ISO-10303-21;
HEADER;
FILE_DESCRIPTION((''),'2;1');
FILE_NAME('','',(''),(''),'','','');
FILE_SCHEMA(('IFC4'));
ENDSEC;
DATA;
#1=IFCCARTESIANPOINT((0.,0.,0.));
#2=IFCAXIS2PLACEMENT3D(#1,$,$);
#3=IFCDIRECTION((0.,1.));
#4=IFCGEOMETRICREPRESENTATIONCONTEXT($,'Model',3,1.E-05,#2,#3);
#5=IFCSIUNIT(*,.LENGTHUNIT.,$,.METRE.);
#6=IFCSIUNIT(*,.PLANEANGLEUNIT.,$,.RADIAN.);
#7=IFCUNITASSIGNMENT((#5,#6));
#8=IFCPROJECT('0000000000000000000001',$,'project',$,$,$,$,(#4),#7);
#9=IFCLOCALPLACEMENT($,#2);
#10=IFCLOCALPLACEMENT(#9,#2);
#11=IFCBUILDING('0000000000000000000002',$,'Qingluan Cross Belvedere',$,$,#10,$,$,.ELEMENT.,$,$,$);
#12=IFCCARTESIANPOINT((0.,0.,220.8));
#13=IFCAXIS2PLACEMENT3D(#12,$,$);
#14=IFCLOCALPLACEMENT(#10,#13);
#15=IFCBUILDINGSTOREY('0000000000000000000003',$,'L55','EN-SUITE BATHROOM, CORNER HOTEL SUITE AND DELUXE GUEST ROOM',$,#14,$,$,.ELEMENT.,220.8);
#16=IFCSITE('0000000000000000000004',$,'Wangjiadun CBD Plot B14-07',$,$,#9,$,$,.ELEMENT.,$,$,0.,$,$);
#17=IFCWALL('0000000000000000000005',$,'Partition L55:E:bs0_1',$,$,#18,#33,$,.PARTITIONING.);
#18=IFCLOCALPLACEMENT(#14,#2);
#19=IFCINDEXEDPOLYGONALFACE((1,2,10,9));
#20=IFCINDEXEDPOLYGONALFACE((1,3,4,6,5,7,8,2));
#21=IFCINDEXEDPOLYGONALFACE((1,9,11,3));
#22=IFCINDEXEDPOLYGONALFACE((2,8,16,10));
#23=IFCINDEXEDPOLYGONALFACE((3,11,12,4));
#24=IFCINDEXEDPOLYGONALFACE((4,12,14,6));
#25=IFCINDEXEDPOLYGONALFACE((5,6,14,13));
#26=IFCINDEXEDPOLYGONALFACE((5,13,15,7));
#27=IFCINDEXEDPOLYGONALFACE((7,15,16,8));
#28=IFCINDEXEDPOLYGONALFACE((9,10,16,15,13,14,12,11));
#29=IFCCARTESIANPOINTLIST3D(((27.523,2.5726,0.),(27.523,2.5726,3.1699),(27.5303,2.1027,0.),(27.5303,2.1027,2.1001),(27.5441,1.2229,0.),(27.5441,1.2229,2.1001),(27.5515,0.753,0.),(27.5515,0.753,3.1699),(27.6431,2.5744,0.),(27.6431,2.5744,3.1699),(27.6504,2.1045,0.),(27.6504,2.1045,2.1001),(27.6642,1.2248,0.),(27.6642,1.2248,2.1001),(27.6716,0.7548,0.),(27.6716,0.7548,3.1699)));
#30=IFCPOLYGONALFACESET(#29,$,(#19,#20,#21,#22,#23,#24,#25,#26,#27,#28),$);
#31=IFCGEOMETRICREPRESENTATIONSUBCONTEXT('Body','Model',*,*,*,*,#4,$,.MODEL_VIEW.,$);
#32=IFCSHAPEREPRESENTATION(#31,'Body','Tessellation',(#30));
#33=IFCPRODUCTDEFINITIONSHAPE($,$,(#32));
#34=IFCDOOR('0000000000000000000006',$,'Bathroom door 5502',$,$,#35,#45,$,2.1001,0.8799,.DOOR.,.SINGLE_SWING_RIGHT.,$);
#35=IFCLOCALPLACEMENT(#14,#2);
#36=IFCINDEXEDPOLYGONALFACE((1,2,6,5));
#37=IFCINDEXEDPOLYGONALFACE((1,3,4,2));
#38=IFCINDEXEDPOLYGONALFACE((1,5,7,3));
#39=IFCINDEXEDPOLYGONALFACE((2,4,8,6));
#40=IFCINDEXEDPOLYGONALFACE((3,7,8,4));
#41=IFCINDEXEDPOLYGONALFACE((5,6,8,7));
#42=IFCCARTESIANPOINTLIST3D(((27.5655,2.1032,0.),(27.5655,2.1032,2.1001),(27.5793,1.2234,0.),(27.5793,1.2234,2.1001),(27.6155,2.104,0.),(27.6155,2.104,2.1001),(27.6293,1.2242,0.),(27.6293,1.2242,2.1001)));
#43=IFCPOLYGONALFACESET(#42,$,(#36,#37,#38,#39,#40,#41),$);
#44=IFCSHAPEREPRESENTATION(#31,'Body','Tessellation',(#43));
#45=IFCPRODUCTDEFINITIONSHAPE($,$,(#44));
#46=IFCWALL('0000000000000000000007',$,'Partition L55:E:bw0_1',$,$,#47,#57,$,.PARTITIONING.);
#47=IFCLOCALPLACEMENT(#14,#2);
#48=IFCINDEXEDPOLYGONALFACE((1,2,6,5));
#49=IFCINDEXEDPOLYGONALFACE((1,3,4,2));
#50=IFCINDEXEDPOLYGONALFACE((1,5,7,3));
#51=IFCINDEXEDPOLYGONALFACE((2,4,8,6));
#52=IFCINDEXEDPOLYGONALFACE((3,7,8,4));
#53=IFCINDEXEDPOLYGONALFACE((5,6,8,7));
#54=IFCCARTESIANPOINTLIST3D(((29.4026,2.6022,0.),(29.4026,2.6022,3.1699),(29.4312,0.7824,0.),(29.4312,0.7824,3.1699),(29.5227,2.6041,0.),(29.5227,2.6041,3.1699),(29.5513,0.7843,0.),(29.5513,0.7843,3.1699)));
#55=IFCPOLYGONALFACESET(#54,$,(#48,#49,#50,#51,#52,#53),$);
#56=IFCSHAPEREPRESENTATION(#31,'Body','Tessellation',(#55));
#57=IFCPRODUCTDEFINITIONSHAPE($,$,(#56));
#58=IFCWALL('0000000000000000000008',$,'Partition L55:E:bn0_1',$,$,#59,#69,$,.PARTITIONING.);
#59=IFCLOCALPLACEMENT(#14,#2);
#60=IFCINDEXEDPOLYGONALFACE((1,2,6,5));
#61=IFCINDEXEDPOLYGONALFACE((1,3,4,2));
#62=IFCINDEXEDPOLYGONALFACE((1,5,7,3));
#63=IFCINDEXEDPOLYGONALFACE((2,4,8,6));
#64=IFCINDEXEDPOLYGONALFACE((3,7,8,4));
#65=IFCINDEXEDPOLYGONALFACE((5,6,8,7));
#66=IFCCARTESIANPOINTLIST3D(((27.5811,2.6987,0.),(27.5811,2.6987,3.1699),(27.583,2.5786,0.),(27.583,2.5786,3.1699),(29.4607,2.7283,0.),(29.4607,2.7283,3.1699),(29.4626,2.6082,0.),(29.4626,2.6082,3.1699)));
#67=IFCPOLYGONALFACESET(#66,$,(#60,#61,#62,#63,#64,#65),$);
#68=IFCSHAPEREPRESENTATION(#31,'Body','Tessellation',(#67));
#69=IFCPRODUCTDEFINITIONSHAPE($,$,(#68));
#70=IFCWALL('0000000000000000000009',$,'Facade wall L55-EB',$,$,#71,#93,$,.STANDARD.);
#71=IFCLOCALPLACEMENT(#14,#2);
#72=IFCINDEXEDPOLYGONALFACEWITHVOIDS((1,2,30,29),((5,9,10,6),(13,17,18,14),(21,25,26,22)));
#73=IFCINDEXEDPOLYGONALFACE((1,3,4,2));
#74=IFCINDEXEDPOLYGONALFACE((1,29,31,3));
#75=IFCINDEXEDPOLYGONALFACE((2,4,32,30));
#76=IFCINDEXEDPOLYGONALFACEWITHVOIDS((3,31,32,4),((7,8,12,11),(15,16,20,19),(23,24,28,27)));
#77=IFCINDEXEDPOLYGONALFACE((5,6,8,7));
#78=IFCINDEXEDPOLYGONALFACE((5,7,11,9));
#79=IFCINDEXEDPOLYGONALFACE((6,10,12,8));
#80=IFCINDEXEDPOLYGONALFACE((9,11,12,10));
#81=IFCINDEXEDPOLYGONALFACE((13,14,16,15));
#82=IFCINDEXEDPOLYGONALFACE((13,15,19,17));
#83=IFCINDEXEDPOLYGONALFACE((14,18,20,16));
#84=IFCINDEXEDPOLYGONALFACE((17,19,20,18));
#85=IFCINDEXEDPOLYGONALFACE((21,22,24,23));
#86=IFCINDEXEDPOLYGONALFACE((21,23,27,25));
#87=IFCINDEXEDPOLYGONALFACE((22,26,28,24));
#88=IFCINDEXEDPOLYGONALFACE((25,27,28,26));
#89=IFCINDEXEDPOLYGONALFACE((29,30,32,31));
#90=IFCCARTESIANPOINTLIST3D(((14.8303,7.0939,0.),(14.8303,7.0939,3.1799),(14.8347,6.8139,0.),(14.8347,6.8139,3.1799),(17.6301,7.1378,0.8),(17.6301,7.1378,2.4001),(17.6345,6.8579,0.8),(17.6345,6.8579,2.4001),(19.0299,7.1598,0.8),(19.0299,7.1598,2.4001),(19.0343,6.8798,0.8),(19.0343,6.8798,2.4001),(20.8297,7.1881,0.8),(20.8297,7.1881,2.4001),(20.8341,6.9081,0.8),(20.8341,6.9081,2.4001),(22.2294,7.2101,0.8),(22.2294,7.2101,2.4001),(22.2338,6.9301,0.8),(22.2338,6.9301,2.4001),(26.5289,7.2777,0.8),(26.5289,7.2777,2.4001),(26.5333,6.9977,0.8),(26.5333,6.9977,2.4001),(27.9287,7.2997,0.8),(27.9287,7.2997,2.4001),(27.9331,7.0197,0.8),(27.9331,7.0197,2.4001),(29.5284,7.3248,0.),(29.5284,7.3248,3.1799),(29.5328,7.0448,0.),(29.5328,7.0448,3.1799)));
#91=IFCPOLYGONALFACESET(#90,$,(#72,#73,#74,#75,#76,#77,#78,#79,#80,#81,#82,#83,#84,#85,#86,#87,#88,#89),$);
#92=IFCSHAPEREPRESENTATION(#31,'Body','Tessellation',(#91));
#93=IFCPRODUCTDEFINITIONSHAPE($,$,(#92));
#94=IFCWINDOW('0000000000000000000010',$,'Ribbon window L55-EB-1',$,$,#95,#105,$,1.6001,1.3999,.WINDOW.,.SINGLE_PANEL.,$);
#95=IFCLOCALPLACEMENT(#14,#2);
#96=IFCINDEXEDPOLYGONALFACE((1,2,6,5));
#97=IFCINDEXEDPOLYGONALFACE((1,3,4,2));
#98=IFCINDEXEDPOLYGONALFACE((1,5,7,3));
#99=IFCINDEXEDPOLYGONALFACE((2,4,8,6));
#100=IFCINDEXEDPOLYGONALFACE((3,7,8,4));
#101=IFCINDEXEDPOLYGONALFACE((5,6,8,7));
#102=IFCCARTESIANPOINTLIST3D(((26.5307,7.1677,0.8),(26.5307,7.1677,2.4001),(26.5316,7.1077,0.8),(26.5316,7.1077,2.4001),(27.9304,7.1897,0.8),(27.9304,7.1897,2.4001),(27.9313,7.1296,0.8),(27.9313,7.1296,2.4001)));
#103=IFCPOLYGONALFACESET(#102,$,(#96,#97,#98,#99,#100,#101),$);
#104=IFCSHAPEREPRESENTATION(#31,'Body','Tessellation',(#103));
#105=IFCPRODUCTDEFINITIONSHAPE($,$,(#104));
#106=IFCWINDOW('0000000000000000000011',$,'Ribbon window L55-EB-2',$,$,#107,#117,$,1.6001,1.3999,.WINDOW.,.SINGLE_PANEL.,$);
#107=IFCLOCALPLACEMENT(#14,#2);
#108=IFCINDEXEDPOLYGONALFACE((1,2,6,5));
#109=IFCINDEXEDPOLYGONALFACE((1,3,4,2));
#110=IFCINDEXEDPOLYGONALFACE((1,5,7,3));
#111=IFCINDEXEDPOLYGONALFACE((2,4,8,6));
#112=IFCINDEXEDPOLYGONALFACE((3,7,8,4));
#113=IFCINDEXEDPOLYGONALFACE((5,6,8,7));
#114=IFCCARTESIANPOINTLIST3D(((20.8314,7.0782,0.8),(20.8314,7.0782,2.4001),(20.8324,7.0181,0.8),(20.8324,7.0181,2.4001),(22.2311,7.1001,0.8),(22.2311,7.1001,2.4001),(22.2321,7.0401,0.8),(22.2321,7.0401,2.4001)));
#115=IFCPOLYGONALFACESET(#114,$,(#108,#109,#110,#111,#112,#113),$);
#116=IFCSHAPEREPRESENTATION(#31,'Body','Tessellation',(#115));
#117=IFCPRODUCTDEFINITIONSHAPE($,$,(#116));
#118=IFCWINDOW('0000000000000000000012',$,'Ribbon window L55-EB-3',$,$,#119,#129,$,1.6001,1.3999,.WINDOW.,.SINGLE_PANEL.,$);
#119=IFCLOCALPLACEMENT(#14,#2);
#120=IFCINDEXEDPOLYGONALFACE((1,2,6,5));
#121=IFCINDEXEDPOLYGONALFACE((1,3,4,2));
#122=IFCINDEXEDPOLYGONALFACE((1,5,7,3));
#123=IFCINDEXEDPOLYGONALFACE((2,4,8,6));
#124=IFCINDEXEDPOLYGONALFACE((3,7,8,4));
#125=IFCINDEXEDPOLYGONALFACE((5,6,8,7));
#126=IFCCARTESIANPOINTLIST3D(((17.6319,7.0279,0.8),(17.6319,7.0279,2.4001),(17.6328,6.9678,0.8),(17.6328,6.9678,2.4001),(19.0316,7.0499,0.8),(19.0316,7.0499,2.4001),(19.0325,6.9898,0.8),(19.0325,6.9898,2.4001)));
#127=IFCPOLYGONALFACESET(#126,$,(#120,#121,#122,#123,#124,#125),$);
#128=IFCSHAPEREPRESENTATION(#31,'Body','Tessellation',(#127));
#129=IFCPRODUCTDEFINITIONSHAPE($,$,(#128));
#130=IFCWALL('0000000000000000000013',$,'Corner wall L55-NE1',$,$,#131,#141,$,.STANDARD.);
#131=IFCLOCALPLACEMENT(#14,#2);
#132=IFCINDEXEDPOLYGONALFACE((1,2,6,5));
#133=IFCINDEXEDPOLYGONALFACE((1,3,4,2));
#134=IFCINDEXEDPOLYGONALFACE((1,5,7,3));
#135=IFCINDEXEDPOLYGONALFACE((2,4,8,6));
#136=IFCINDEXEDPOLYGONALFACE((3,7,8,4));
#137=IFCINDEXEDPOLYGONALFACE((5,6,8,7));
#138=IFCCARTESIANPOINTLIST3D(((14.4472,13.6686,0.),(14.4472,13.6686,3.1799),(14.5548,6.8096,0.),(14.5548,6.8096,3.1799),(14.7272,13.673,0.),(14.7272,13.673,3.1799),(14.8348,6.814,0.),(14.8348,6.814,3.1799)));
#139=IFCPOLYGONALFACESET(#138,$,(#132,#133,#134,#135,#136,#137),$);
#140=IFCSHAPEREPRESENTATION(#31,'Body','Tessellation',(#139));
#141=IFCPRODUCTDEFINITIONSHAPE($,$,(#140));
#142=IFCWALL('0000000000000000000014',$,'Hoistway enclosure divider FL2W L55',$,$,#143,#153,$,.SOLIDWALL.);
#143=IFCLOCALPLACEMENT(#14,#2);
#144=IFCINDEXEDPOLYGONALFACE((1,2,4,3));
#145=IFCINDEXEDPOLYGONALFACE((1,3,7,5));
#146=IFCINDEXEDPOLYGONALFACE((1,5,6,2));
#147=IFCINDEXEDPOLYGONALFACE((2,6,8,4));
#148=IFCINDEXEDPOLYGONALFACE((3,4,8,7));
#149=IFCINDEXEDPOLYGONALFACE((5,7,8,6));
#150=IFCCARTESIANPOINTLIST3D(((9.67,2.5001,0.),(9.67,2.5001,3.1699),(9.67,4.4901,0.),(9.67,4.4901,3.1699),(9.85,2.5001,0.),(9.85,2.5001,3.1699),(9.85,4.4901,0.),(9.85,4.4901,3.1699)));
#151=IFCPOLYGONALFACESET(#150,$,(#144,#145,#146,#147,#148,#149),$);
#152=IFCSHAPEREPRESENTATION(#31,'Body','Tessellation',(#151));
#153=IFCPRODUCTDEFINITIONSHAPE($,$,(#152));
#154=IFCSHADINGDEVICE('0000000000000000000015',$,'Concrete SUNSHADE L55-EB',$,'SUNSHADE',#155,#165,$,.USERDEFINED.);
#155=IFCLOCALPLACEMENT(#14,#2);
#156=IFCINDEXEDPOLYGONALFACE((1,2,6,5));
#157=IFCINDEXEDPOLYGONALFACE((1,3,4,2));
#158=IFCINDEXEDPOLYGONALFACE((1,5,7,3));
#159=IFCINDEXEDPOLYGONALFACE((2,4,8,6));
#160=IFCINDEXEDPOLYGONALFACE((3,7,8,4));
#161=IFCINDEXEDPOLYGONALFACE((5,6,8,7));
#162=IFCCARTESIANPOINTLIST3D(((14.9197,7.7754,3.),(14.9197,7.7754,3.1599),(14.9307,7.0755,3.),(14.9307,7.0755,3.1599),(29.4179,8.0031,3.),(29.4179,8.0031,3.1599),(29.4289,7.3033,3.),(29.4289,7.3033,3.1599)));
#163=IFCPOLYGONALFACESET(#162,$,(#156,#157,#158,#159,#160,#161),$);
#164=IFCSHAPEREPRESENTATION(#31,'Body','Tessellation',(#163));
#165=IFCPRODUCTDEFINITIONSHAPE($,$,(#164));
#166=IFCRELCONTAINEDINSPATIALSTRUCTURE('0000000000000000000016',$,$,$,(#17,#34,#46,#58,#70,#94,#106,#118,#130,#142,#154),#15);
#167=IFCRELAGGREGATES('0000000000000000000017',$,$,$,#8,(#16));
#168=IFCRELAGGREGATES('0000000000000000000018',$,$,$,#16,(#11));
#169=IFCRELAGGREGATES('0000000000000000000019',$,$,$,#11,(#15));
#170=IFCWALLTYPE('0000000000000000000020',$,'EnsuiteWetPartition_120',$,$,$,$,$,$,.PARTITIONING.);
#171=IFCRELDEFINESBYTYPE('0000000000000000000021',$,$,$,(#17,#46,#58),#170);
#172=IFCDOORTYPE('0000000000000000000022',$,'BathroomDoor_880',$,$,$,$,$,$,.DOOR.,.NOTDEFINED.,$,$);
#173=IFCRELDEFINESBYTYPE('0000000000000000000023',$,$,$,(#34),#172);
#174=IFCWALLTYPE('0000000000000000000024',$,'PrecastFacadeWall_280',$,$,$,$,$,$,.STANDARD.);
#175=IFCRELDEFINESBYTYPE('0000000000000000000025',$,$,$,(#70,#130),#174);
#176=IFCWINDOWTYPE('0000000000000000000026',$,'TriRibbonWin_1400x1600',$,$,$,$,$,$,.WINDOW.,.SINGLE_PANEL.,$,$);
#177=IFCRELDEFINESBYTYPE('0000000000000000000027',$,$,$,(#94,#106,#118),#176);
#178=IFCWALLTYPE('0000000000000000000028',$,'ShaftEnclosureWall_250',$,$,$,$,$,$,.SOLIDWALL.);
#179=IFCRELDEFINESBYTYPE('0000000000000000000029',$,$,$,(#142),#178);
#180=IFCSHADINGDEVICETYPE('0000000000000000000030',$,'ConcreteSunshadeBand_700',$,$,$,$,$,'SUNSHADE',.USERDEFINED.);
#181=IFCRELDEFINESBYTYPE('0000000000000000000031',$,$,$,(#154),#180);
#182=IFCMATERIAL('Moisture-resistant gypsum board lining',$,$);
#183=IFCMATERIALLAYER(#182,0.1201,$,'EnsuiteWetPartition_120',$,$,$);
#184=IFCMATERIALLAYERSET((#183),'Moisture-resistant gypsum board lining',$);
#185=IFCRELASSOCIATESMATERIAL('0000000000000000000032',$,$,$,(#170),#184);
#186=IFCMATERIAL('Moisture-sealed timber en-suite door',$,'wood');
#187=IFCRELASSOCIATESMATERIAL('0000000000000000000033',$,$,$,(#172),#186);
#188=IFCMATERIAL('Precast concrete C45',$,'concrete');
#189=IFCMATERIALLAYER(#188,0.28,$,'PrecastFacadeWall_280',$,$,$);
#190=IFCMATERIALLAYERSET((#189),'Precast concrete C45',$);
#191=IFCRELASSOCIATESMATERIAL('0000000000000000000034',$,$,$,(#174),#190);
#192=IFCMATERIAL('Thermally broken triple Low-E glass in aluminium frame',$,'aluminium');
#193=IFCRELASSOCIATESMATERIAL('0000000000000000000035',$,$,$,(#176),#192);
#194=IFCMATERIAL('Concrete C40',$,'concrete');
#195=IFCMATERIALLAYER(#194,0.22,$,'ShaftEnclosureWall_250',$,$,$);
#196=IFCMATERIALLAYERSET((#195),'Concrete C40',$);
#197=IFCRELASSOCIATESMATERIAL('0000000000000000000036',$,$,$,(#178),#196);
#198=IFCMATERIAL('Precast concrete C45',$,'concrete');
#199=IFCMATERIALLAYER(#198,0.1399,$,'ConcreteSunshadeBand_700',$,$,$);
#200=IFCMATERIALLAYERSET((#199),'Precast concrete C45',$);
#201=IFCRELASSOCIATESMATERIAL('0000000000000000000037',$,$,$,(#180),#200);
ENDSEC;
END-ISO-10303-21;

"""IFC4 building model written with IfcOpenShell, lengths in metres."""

from ifc_helpers import new_model, si_unit, direction, frame, frame_2d, origin, origin_2d, place, context, subcontext, project, spatial, rectangle, extrude, material, layer, layer_set, type_object, element, fill, save


model = new_model("IFC4")

# Units and contexts
model_context = context("Model", 3, precision=1e-05, world=origin(), true_north=direction((0.0, 1.0)))
body_context = subcontext(model_context, "Body", "Model", "MODEL_VIEW")
ifc_project = project(units=[si_unit("LENGTHUNIT", "METRE"), si_unit("PLANEANGLEUNIT", "RADIAN")], contexts=[model_context])

# Site, building, storey
site_placement = place(None, origin())
site = spatial("IfcSite", under=ifc_project, at=site_placement, Name="Wangjiadun CBD Plot B14-07", CompositionType="ELEMENT", RefElevation=0.0)
building_placement = place(site_placement, origin())
building = spatial("IfcBuilding", under=site, at=building_placement, Name="Qingluan Cross Belvedere", CompositionType="ELEMENT")
storey_placement = place(building_placement, frame((0.0, 0.0, 220.8)))
storey = spatial("IfcBuildingStorey", under=building, at=storey_placement, Name="L55", Description="EN-SUITE BATHROOM, CORNER HOTEL SUITE AND DELUXE GUEST ROOM", CompositionType="ELEMENT", Elevation=220.8)

# Shared definitions
ifc_material_1 = material(Name="Moisture-resistant gypsum board lining")
ifc_layer_1 = layer(ifc_material_1, 0.1201, Name="EnsuiteWetPartition_120")
ifc_layer_set_1 = layer_set([ifc_layer_1], Name="Moisture-resistant gypsum board lining")
wall_type_1 = type_object("IfcWallType", Name="EnsuiteWetPartition_120", PredefinedType="PARTITIONING", material=ifc_layer_set_1)
ifc_material_2 = material(Name="Moisture-sealed timber en-suite door", Category="wood")
door_type_1 = type_object("IfcDoorType", Name="BathroomDoor_880", OperationType="NOTDEFINED", PredefinedType="DOOR", material=ifc_material_2)

# Wall, opening, door
wall_1_placement = place(storey_placement, frame((27.6116, 0.7539, 0.0), z_axis=(0.0, 0.0, 1.0), x_axis=(-0.015696, 0.999877, 0.0)))
wall_1 = element("IfcWall", 1, at=wall_1_placement, inside=storey, type_object=wall_type_1, Name="Partition L55:E:bs0_1", PredefinedType="PARTITIONING", context=body_context, shape_type="SweptSolid", body=[
    extrude(rectangle(XDim=1.8198, YDim=0.1201, at=frame_2d((0.9099, 0.0))), origin(), (0.0, 0.0, 1.0), 3.1699),
])
opening_1_placement = place(wall_1_placement, frame((0.47, 0.0, 0.0)))
opening_1 = element("IfcOpeningElement", 2, at=opening_1_placement, cuts=wall_1, PredefinedType="OPENING", context=body_context, shape_type="SweptSolid", body=[
    extrude(rectangle(XDim=0.8799, YDim=2.1001, at=frame_2d((0.4399, 1.05))), frame((0.0, 0.0701, 0.0), z_axis=(0.0, -1.0, 0.0), x_axis=(1.0, 0.0, 0.0)), (0.0, 0.0, 1.0), 0.1401),
])
door_1_placement = place(opening_1_placement, origin())
door_1 = element("IfcDoor", 3, at=door_1_placement, inside=storey, type_object=door_type_1, Name="Bathroom door 5502", OperationType="SINGLE_SWING_RIGHT", OverallHeight=2.1001, OverallWidth=0.8799, PredefinedType="DOOR", context=body_context, shape_type="SweptSolid", body=[
    extrude(rectangle(XDim=0.8799, YDim=2.1001, at=frame_2d((0.4399, 1.05))), frame((0.0, 0.0249, 0.0), z_axis=(0.0, -1.0, 0.0), x_axis=(1.0, 0.0, 0.0)), (0.0, 0.0, 1.0), 0.05),
])
fill(opening_1, door_1)

# Walls
wall_2_placement = place(storey_placement, frame((29.4912, 0.7832, 0.0), z_axis=(0.0, 0.0, 1.0), x_axis=(-0.015694, 0.999877, 0.0)))
element("IfcWall", 4, at=wall_2_placement, inside=storey, type_object=wall_type_1, Name="Partition L55:E:bw0_1", PredefinedType="PARTITIONING", context=body_context, shape_type="SweptSolid", body=[
    extrude(rectangle(XDim=1.8201, YDim=0.1201, at=frame_2d((0.9102, 0.0))), origin(), (0.0, 0.0, 1.0), 3.1699),
])
wall_3_placement = place(storey_placement, frame((27.582, 2.6387, 0.0), z_axis=(0.0, 0.0, 1.0), x_axis=(0.999877, 0.015714, 0.0)))
element("IfcWall", 5, at=wall_3_placement, inside=storey, type_object=wall_type_1, Name="Partition L55:E:bn0_1", PredefinedType="PARTITIONING", context=body_context, shape_type="SweptSolid", body=[
    extrude(rectangle(XDim=1.8799, YDim=0.1201, at=frame_2d((0.9399, 0.0))), origin(), (0.0, 0.0, 1.0), 3.1699),
])

# Wall, openings, windows
ifc_material_3 = material(Name="Precast concrete C45", Category="concrete")
ifc_layer_2 = layer(ifc_material_3, 0.28, Name="PrecastFacadeWall_280")
ifc_layer_set_2 = layer_set([ifc_layer_2], Name="Precast concrete C45")
wall_type_2 = type_object("IfcWallType", Name="PrecastFacadeWall_280", PredefinedType="STANDARD", material=ifc_layer_set_2)
wall_4_placement = place(storey_placement, frame((29.5308, 7.1848, 0.0), z_axis=(0.0, 0.0, 1.0), x_axis=(-0.999877, -0.015711, 0.0)))
wall_4 = element("IfcWall", 6, at=wall_4_placement, inside=storey, type_object=wall_type_2, Name="Facade wall L55-EB", PredefinedType="STANDARD", context=body_context, shape_type="SweptSolid", body=[
    extrude(rectangle(XDim=14.7, YDim=0.28, at=frame_2d((7.3501, 0.0))), origin(), (0.0, 0.0, 1.0), 3.1799),
])
opening_2_placement = place(wall_4_placement, frame((1.6001, 0.0, 0.8)))
opening_2 = element("IfcOpeningElement", 7, at=opening_2_placement, cuts=wall_4, PredefinedType="OPENING", context=body_context, shape_type="SweptSolid", body=[
    extrude(rectangle(XDim=1.3999, YDim=1.6001, at=frame_2d((0.7, 0.8))), frame((0.0, 0.1499, 0.0), z_axis=(0.0, -1.0, 0.0), x_axis=(1.0, 0.0, 0.0)), (0.0, 0.0, 1.0), 0.3),
])
opening_3_placement = place(wall_4_placement, frame((7.3, 0.0, 0.8)))
opening_3 = element("IfcOpeningElement", 8, at=opening_3_placement, cuts=wall_4, PredefinedType="OPENING", context=body_context, shape_type="SweptSolid", body=[
    extrude(rectangle(XDim=1.3999, YDim=1.6001, at=frame_2d((0.7, 0.8))), frame((0.0, 0.1499, 0.0), z_axis=(0.0, -1.0, 0.0), x_axis=(1.0, 0.0, 0.0)), (0.0, 0.0, 1.0), 0.3),
])
opening_4_placement = place(wall_4_placement, frame((10.5, 0.0, 0.8)))
opening_4 = element("IfcOpeningElement", 9, at=opening_4_placement, cuts=wall_4, PredefinedType="OPENING", context=body_context, shape_type="SweptSolid", body=[
    extrude(rectangle(XDim=1.3999, YDim=1.6001, at=frame_2d((0.7, 0.8))), frame((0.0, 0.1499, 0.0), z_axis=(0.0, -1.0, 0.0), x_axis=(1.0, 0.0, 0.0)), (0.0, 0.0, 1.0), 0.3),
])
ifc_material_4 = material(Name="Thermally broken triple Low-E glass in aluminium frame", Category="aluminium")
window_type = type_object("IfcWindowType", Name="TriRibbonWin_1400x1600", PartitioningType="SINGLE_PANEL", PredefinedType="WINDOW", material=ifc_material_4)
window_1_placement = place(opening_2_placement, origin())
window_1 = element("IfcWindow", 10, at=window_1_placement, inside=storey, type_object=window_type, Name="Ribbon window L55-EB-1", OverallHeight=1.6001, OverallWidth=1.3999, PartitioningType="SINGLE_PANEL", PredefinedType="WINDOW", context=body_context, shape_type="SweptSolid", body=[
    extrude(rectangle(XDim=1.3999, YDim=1.6001, at=frame_2d((0.7, 0.8))), frame((0.0, 0.03, 0.0), z_axis=(0.0, -1.0, 0.0), x_axis=(1.0, 0.0, 0.0)), (0.0, 0.0, 1.0), 0.0601),
])
fill(opening_2, window_1)
window_2_placement = place(opening_3_placement, origin())
window_2 = element("IfcWindow", 11, at=window_2_placement, inside=storey, type_object=window_type, Name="Ribbon window L55-EB-2", OverallHeight=1.6001, OverallWidth=1.3999, PartitioningType="SINGLE_PANEL", PredefinedType="WINDOW", context=body_context, shape_type="SweptSolid", body=[
    extrude(rectangle(XDim=1.3999, YDim=1.6001, at=frame_2d((0.7, 0.8))), frame((0.0, 0.03, 0.0), z_axis=(0.0, -1.0, 0.0), x_axis=(1.0, 0.0, 0.0)), (0.0, 0.0, 1.0), 0.0601),
])
fill(opening_3, window_2)
window_3_placement = place(opening_4_placement, origin())
window_3 = element("IfcWindow", 12, at=window_3_placement, inside=storey, type_object=window_type, Name="Ribbon window L55-EB-3", OverallHeight=1.6001, OverallWidth=1.3999, PartitioningType="SINGLE_PANEL", PredefinedType="WINDOW", context=body_context, shape_type="SweptSolid", body=[
    extrude(rectangle(XDim=1.3999, YDim=1.6001, at=frame_2d((0.7, 0.8))), frame((0.0, 0.03, 0.0), z_axis=(0.0, -1.0, 0.0), x_axis=(1.0, 0.0, 0.0)), (0.0, 0.0, 1.0), 0.0601),
])
fill(opening_4, window_3)

# Walls
wall_5_placement = place(storey_placement, frame((14.6948, 6.8118, 0.0), z_axis=(0.0, 0.0, 1.0), x_axis=(-0.015695, 0.999877, 0.0)))
element("IfcWall", 13, at=wall_5_placement, inside=storey, type_object=wall_type_2, Name="Corner wall L55-NE1", PredefinedType="STANDARD", context=body_context, shape_type="SweptSolid", body=[
    extrude(rectangle(XDim=6.8599, YDim=0.28, at=frame_2d((3.4299, 0.0))), origin(), (0.0, 0.0, 1.0), 3.1799),
])
ifc_material_5 = material(Name="Concrete C40", Category="concrete")
ifc_layer_3 = layer(ifc_material_5, 0.22, Name="ShaftEnclosureWall_250")
ifc_layer_set_3 = layer_set([ifc_layer_3], Name="Concrete C40")
wall_type_3 = type_object("IfcWallType", Name="ShaftEnclosureWall_250", PredefinedType="SOLIDWALL", material=ifc_layer_set_3)
wall_6_placement = place(storey_placement, frame((9.76, 2.5, 0.0), z_axis=(0.0, 0.0, 1.0), x_axis=(0.0, 1.0, 0.0)))
element("IfcWall", 14, at=wall_6_placement, inside=storey, type_object=wall_type_3, Name="Hoistway enclosure divider FL2W L55", PredefinedType="SOLIDWALL", context=body_context, shape_type="SweptSolid", body=[
    extrude(rectangle(XDim=1.99, YDim=0.1799, at=frame_2d((0.9951, 0.0))), origin(), (0.0, 0.0, 1.0), 3.1699),
])

# Shading device
ifc_material_6 = material(Name="Precast concrete C45", Category="concrete")
ifc_layer_4 = layer(ifc_material_6, 0.1399, Name="ConcreteSunshadeBand_700")
ifc_layer_set_4 = layer_set([ifc_layer_4], Name="Precast concrete C45")
shading_device_type = type_object("IfcShadingDeviceType", Name="ConcreteSunshadeBand_700", ElementType="SUNSHADE", PredefinedType="USERDEFINED", material=ifc_layer_set_4)
shading_device_placement = place(storey_placement, frame((22.1743, 7.5393, 3.0), z_axis=(0.0, 0.0, 1.0), x_axis=(-0.999877, -0.015707, 0.0)))
element("IfcShadingDevice", 15, at=shading_device_placement, inside=storey, type_object=shading_device_type, Name="Concrete SUNSHADE L55-EB", ObjectType="SUNSHADE", PredefinedType="USERDEFINED", context=body_context, shape_type="SweptSolid", body=[
    extrude(rectangle(XDim=14.5, YDim=0.7, at=origin_2d()), origin(), (0.0, 0.0, 1.0), 0.1599),
])

save(model, "model.ifc")
